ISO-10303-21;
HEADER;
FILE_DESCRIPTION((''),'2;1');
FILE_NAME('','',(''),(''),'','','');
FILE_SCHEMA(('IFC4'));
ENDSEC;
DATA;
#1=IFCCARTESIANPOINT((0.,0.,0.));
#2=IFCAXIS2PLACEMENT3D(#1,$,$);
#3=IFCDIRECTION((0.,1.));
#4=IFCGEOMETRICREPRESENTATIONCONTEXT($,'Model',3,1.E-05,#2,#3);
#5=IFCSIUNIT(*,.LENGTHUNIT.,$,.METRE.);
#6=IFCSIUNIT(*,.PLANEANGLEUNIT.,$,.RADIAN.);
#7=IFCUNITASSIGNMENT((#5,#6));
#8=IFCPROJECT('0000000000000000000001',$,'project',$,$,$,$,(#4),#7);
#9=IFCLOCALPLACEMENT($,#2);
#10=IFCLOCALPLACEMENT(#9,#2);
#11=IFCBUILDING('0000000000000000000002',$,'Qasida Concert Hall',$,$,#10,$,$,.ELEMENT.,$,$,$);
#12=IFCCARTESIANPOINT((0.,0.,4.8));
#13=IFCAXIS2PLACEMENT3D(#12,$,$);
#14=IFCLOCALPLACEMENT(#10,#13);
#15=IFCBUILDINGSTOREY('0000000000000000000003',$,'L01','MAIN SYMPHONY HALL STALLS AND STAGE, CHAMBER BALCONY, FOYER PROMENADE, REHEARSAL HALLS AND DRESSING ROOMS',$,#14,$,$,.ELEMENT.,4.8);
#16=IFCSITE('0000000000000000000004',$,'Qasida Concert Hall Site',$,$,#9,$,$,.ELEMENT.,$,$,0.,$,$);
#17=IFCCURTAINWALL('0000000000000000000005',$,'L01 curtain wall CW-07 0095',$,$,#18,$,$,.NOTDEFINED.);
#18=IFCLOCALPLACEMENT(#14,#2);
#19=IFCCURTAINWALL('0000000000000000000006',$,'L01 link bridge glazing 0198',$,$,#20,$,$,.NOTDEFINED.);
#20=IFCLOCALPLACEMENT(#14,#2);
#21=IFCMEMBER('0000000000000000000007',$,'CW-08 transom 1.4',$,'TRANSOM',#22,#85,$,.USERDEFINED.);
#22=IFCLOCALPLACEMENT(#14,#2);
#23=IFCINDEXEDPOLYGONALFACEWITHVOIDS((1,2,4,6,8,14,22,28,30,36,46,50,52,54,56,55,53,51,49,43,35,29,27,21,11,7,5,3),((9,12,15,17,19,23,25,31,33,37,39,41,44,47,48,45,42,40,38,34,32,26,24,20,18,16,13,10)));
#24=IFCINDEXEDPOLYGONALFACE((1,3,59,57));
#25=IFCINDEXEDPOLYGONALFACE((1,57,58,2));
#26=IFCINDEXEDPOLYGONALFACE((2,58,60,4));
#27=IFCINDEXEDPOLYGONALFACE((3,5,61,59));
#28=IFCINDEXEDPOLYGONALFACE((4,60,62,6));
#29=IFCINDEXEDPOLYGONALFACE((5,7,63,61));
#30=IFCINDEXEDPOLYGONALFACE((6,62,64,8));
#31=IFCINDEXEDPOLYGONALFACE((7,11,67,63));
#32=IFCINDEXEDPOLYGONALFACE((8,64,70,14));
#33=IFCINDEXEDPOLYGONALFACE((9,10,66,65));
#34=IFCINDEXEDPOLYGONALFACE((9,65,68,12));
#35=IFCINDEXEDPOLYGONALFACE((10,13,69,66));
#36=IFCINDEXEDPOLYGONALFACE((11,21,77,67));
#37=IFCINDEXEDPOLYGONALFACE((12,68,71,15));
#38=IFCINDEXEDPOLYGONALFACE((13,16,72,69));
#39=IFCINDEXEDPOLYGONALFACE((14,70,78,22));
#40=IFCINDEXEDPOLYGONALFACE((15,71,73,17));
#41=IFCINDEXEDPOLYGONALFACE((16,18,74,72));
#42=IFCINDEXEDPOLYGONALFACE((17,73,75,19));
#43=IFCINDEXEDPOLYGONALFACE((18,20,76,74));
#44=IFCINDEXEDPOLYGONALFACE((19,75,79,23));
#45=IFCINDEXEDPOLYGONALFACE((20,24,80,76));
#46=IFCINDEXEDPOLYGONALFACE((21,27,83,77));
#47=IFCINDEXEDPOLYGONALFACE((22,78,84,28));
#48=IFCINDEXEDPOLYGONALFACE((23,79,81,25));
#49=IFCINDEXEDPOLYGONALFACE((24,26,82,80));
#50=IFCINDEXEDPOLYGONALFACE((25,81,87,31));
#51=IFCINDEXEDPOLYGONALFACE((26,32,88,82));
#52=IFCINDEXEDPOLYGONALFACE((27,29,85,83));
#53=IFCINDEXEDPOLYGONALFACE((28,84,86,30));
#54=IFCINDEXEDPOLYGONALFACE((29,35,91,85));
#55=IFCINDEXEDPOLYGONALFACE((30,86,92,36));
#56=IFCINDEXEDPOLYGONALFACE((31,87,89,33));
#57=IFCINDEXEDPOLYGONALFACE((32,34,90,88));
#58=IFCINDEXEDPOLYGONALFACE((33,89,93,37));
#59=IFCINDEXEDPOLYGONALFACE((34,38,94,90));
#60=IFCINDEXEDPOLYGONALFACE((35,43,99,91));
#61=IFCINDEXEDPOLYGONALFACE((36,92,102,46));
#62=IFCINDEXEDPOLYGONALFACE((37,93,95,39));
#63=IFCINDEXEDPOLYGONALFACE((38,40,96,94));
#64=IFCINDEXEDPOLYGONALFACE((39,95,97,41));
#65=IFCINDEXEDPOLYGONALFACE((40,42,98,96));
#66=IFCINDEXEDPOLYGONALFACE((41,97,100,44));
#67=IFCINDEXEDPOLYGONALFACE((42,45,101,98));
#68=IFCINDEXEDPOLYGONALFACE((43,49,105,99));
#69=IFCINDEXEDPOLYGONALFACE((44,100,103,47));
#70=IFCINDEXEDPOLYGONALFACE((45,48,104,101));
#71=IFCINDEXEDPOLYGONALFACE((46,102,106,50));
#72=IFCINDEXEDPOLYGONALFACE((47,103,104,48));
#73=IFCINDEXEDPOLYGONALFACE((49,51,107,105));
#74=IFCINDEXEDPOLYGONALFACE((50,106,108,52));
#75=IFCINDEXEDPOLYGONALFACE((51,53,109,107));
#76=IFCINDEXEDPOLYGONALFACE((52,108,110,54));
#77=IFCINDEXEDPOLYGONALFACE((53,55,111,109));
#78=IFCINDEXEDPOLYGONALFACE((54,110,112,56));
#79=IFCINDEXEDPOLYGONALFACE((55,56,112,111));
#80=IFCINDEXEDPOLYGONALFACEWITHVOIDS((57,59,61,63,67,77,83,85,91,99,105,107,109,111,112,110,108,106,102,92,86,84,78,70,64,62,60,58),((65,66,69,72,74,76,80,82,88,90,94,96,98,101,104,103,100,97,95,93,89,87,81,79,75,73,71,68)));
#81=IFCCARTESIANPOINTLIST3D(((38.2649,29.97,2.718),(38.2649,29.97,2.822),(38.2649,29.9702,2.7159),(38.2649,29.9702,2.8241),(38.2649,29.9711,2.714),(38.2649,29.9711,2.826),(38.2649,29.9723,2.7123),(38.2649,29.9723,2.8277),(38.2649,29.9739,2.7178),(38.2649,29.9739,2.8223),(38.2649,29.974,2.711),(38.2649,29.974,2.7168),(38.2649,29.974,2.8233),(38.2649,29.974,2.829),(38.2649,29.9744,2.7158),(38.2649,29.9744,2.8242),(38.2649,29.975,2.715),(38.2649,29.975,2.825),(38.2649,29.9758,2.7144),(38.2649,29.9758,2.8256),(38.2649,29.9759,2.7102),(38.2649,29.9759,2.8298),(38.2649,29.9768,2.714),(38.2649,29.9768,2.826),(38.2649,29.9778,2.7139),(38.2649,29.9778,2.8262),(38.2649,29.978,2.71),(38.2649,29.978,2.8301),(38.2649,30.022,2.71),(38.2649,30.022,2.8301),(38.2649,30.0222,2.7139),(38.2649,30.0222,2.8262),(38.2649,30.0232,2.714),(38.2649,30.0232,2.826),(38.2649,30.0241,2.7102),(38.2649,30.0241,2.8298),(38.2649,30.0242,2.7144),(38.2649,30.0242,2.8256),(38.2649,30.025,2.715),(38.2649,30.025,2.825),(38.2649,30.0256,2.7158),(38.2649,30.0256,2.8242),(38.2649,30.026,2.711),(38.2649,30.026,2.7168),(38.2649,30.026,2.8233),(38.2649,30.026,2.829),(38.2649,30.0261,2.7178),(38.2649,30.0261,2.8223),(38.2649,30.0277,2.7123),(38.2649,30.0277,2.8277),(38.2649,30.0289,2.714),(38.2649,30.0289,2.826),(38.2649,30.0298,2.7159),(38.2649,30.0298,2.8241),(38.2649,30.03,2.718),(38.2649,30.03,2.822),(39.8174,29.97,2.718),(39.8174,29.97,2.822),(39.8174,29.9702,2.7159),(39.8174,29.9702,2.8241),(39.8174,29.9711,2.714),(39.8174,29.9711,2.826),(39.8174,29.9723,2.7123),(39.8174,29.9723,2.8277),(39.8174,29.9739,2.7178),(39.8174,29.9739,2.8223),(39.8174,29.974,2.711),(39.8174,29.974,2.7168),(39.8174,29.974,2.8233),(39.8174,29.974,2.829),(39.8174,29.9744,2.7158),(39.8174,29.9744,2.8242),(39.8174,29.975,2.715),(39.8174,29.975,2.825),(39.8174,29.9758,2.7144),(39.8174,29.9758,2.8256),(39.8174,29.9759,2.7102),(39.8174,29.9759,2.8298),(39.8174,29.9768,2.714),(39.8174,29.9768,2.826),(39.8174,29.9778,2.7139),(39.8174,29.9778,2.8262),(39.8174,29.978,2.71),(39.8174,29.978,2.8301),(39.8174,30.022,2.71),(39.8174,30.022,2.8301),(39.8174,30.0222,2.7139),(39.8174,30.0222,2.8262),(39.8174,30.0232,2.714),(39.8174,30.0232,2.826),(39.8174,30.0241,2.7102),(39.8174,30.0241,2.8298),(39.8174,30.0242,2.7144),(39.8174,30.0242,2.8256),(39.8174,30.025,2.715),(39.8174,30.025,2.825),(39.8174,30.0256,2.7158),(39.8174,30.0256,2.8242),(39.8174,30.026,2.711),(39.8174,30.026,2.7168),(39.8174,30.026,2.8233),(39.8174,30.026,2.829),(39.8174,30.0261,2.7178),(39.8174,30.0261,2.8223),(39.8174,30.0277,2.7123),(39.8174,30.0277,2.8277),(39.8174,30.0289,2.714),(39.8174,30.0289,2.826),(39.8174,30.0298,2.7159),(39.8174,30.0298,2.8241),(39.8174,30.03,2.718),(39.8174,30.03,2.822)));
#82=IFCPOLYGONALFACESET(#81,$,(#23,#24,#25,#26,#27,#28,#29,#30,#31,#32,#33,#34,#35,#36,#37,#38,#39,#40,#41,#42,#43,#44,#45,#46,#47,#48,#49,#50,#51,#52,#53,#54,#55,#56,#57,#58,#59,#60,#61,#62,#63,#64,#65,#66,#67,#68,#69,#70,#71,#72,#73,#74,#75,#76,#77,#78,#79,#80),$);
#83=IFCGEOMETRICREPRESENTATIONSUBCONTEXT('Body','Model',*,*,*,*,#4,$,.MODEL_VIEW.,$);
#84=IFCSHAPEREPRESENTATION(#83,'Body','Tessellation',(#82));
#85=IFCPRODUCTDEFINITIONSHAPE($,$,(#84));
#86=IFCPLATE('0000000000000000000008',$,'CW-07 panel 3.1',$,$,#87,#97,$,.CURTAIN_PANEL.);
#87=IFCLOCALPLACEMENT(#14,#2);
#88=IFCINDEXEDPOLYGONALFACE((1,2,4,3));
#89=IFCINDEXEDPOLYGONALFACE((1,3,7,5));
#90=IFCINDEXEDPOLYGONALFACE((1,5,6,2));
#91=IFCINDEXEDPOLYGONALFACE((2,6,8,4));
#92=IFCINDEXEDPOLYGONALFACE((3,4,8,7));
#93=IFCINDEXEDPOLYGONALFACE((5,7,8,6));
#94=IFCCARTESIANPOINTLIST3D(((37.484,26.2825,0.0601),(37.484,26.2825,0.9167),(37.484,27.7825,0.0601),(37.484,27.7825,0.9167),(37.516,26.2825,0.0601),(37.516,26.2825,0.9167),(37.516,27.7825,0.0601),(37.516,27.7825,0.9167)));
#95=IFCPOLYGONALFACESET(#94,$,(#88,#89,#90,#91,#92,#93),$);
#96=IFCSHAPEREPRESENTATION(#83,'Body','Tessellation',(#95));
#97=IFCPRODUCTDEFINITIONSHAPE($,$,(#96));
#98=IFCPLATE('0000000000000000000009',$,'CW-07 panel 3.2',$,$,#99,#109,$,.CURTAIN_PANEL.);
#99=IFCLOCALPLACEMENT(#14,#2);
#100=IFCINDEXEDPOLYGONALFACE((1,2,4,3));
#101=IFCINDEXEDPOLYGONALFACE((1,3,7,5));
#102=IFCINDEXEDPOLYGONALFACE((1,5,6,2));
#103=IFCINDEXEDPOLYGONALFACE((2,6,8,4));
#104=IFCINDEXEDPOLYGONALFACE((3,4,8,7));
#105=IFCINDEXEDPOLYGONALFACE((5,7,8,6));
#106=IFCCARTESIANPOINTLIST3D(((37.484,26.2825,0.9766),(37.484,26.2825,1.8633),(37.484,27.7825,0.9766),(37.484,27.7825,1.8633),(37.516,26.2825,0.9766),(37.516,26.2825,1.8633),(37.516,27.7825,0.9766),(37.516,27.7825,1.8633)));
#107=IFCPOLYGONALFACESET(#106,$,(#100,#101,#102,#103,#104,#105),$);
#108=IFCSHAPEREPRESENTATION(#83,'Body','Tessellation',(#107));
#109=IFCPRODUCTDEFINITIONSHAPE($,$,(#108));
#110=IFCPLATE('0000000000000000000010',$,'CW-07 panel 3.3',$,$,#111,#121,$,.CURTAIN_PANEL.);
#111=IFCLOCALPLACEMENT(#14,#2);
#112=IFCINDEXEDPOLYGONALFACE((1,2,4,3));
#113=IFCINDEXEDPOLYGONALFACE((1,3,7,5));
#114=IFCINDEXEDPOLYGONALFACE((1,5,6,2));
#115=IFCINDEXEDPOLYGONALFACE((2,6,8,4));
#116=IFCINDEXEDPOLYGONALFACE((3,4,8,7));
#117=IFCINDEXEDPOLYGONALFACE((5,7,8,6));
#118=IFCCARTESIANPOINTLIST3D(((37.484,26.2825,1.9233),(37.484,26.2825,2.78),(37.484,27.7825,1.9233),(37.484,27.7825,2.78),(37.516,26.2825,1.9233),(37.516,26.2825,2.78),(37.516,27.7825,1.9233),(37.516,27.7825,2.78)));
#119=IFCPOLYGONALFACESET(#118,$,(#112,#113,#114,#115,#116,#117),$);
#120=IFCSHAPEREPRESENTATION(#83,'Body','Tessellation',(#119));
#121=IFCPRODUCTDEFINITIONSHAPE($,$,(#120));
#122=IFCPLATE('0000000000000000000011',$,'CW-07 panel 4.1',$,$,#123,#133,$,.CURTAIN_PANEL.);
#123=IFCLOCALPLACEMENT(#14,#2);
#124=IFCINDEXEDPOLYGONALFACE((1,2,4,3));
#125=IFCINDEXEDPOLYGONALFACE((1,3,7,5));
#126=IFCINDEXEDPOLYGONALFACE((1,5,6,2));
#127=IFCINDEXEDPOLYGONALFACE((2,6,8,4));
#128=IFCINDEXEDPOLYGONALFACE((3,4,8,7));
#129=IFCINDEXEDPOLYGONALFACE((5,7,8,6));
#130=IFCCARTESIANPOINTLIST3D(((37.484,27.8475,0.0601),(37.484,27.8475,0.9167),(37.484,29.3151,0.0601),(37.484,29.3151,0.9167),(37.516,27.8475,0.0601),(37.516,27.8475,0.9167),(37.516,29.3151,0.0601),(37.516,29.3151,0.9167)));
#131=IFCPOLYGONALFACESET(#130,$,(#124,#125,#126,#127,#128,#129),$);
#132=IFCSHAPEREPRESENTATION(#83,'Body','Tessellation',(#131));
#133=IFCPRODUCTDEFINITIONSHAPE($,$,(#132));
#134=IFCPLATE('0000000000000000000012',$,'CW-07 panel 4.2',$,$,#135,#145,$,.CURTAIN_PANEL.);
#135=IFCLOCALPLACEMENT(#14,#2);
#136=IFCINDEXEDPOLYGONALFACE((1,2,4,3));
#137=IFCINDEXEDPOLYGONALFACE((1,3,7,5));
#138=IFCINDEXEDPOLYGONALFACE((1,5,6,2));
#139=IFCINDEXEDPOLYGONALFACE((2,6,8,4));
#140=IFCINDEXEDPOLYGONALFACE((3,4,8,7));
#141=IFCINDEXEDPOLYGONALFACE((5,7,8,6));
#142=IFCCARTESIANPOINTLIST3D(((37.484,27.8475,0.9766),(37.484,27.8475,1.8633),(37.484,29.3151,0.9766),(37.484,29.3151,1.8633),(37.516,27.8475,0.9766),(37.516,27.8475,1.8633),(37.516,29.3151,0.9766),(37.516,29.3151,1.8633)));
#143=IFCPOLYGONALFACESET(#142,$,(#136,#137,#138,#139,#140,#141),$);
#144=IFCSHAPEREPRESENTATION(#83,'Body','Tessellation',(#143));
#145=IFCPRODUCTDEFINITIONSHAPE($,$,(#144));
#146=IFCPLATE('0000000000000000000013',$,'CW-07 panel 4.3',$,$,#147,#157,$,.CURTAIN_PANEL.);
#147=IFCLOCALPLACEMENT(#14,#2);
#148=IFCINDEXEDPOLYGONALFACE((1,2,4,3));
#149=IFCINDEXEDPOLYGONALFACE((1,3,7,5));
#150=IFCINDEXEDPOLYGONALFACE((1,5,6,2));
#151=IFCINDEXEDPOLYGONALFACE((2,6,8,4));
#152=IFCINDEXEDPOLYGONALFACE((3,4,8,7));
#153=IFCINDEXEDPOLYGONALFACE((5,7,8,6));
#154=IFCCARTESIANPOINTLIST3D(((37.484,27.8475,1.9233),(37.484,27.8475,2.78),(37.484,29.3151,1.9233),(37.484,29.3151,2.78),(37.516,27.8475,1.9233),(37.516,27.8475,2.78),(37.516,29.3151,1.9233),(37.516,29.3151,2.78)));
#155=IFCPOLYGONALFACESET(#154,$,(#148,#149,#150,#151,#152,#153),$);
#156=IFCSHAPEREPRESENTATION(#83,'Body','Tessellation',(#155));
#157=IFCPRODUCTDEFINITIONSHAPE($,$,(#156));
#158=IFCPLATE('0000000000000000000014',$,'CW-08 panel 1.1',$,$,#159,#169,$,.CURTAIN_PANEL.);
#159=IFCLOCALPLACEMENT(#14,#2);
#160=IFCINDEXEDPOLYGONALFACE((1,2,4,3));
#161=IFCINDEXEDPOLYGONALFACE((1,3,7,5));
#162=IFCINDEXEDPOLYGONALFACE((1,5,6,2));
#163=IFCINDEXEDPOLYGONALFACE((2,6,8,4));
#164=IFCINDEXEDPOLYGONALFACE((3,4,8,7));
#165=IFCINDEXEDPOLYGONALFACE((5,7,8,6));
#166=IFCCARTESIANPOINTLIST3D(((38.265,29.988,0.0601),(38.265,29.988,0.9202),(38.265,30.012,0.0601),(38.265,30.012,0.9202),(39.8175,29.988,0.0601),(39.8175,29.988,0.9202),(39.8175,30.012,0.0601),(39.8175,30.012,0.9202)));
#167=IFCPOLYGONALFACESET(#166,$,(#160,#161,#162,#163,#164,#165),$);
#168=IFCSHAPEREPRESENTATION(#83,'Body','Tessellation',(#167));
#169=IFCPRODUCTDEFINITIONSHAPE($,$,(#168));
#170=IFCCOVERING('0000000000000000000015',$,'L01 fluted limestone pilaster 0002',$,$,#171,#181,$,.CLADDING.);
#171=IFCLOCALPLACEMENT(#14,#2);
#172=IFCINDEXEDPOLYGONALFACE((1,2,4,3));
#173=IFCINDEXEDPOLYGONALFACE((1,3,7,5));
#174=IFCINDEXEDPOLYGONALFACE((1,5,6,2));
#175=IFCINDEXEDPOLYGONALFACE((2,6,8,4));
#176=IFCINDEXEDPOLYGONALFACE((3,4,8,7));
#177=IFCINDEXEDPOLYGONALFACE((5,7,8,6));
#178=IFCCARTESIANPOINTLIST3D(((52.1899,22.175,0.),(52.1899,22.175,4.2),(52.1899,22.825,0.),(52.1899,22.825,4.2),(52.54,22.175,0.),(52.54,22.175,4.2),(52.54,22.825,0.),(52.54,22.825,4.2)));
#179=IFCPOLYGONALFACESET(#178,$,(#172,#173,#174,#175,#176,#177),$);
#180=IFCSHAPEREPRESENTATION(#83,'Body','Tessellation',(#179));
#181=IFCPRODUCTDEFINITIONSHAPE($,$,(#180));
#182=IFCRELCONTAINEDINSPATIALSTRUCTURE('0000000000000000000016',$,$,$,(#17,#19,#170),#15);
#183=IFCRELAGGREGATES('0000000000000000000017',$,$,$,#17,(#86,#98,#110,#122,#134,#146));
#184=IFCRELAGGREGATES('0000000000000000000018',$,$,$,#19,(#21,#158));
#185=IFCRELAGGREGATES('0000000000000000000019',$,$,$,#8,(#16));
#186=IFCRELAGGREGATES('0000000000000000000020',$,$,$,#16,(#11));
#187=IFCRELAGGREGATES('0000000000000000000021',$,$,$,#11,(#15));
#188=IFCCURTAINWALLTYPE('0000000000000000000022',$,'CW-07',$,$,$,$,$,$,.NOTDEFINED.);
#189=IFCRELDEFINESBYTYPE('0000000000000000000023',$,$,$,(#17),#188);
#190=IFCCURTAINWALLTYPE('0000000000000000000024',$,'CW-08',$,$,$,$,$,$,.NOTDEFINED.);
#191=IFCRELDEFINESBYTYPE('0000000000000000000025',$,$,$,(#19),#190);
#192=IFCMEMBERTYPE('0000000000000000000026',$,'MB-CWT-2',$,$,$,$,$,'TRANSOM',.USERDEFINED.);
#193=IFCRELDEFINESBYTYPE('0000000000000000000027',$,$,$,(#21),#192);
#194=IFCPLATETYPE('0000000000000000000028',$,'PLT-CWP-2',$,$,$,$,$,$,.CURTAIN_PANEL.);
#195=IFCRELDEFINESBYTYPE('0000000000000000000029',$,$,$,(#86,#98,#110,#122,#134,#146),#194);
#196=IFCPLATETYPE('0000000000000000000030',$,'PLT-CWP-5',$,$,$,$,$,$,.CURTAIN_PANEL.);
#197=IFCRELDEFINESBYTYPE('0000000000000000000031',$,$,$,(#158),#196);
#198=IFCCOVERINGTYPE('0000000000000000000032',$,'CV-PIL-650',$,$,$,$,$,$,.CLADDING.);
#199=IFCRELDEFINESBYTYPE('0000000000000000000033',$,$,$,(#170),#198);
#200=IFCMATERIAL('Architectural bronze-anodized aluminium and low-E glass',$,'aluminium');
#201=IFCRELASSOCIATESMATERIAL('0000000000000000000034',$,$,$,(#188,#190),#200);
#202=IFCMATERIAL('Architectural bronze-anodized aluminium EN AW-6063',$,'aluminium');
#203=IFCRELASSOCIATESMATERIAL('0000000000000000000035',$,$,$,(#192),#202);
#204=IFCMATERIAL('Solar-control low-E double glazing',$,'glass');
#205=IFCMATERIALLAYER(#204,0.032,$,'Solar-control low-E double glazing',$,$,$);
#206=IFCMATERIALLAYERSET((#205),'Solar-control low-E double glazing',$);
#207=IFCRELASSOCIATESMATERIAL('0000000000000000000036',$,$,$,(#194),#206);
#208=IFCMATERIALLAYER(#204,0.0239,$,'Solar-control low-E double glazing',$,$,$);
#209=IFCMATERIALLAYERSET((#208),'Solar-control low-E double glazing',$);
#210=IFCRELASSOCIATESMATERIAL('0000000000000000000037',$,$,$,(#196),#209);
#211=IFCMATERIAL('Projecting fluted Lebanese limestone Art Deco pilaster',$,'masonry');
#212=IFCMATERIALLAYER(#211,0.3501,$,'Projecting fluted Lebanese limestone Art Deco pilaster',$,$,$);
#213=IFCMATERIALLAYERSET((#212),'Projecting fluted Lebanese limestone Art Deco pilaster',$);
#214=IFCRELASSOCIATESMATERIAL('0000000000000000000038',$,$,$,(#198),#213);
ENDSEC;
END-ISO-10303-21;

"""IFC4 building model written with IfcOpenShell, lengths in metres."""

from ifc_helpers import new_model, si_unit, direction, frame, origin, origin_2d, place, context, subcontext, project, spatial, rectangle, hollow_rectangle, extrude, material, layer, layer_set, material_profile, profile_set, type_object, element, aggregate, save


model = new_model("IFC4")

# Units and contexts
model_context = context("Model", 3, precision=1e-05, world=origin(), true_north=direction((0.0, 1.0)))
body_context = subcontext(model_context, "Body", "Model", "MODEL_VIEW")
ifc_project = project(units=[si_unit("LENGTHUNIT", "METRE"), si_unit("PLANEANGLEUNIT", "RADIAN")], contexts=[model_context])

# Site, building, storey
site_placement = place(None, origin())
site = spatial("IfcSite", under=ifc_project, at=site_placement, Name="Qasida Concert Hall Site", CompositionType="ELEMENT", RefElevation=0.0)
building_placement = place(site_placement, origin())
building = spatial("IfcBuilding", under=site, at=building_placement, Name="Qasida Concert Hall", CompositionType="ELEMENT")
storey_placement = place(building_placement, frame((0.0, 0.0, 4.8)))
storey = spatial("IfcBuildingStorey", under=building, at=storey_placement, Name="L01", Description="MAIN SYMPHONY HALL STALLS AND STAGE, CHAMBER BALCONY, FOYER PROMENADE, REHEARSAL HALLS AND DRESSING ROOMS", CompositionType="ELEMENT", Elevation=4.8)

# Curtain wall
ifc_material_1 = material(Name="Architectural bronze-anodized aluminium and low-E glass", Category="aluminium")
curtain_wall_type_1 = type_object("IfcCurtainWallType", Name="CW-07", PredefinedType="NOTDEFINED", material=ifc_material_1)
curtain_wall_1_placement = place(storey_placement, origin())
curtain_wall_1 = element("IfcCurtainWall", 1, at=curtain_wall_1_placement, inside=storey, type_object=curtain_wall_type_1, Name="L01 curtain wall CW-07 0095", PredefinedType="NOTDEFINED")
ifc_material_2 = material(Name="Architectural bronze-anodized aluminium EN AW-6063", Category="aluminium")

# Curtain wall
curtain_wall_type_2 = type_object("IfcCurtainWallType", Name="CW-08", PredefinedType="NOTDEFINED", material=ifc_material_1)
curtain_wall_2_placement = place(storey_placement, origin())
curtain_wall_2 = element("IfcCurtainWall", 2, at=curtain_wall_2_placement, inside=storey, type_object=curtain_wall_type_2, Name="L01 link bridge glazing 0198", PredefinedType="NOTDEFINED")

# Member
ifc_material_profile_1 = material_profile(ifc_material_2, hollow_rectangle(XDim=0.0601, YDim=0.1201, WallThickness=0.0039, InnerFilletRadius=0.0039, OuterFilletRadius=0.0081, at=origin_2d()), Name="CWT 120x60x4")
ifc_profile_set_1 = profile_set([ifc_material_profile_1], Name="Architectural bronze-anodized aluminium EN AW-6063")
member_type_1 = type_object("IfcMemberType", Name="MB-CWT-2", ElementType="TRANSOM", PredefinedType="USERDEFINED", material=ifc_profile_set_1)
member_1_placement = place(storey_placement, frame((38.2649, 30.0, 2.77), z_axis=(1.0, 0.0, 0.0), x_axis=(0.0, 1.0, 0.0)))
member_1 = element("IfcMember", 3, at=member_1_placement, type_object=member_type_1, Name="CW-08 transom 1.4", ObjectType="TRANSOM", PredefinedType="USERDEFINED", context=body_context, shape_type="SweptSolid", body=[
    extrude(hollow_rectangle(XDim=0.0601, YDim=0.1201, WallThickness=0.0039, InnerFilletRadius=0.0039, OuterFilletRadius=0.0081, at=origin_2d()), origin(), (0.0, 0.0, 1.0), 1.5525),
])

# Plates
ifc_material_3 = material(Name="Solar-control low-E double glazing", Category="glass")
ifc_layer_1 = layer(ifc_material_3, 0.032, Name="Solar-control low-E double glazing")
ifc_layer_set_1 = layer_set([ifc_layer_1], Name="Solar-control low-E double glazing")
plate_type_1 = type_object("IfcPlateType", Name="PLT-CWP-2", PredefinedType="CURTAIN_PANEL", material=ifc_layer_set_1)
plate_1_placement = place(storey_placement, frame((37.5, 27.0325, 0.0601), z_axis=(0.0, 0.0, 1.0), x_axis=(0.0, 1.0, 0.0)))
plate_1 = element("IfcPlate", 4, at=plate_1_placement, type_object=plate_type_1, Name="CW-07 panel 3.1", PredefinedType="CURTAIN_PANEL", context=body_context, shape_type="SweptSolid", body=[
    extrude(rectangle(XDim=1.5, YDim=0.032, at=origin_2d()), origin(), (0.0, 0.0, 1.0), 0.8567),
])
plate_2_placement = place(storey_placement, frame((37.5, 27.0325, 0.9766), z_axis=(0.0, 0.0, 1.0), x_axis=(0.0, 1.0, 0.0)))
plate_2 = element("IfcPlate", 5, at=plate_2_placement, type_object=plate_type_1, Name="CW-07 panel 3.2", PredefinedType="CURTAIN_PANEL", context=body_context, shape_type="SweptSolid", body=[
    extrude(rectangle(XDim=1.5, YDim=0.032, at=origin_2d()), origin(), (0.0, 0.0, 1.0), 0.8867),
])
plate_3_placement = place(storey_placement, frame((37.5, 27.0325, 1.9233), z_axis=(0.0, 0.0, 1.0), x_axis=(0.0, 1.0, 0.0)))
plate_3 = element("IfcPlate", 6, at=plate_3_placement, type_object=plate_type_1, Name="CW-07 panel 3.3", PredefinedType="CURTAIN_PANEL", context=body_context, shape_type="SweptSolid", body=[
    extrude(rectangle(XDim=1.5, YDim=0.032, at=origin_2d()), origin(), (0.0, 0.0, 1.0), 0.8567),
])
plate_4_placement = place(storey_placement, frame((37.5, 28.5813, 0.0601), z_axis=(0.0, 0.0, 1.0), x_axis=(0.0, 1.0, 0.0)))
plate_4 = element("IfcPlate", 7, at=plate_4_placement, type_object=plate_type_1, Name="CW-07 panel 4.1", PredefinedType="CURTAIN_PANEL", context=body_context, shape_type="SweptSolid", body=[
    extrude(rectangle(XDim=1.4675, YDim=0.032, at=origin_2d()), origin(), (0.0, 0.0, 1.0), 0.8567),
])
plate_5_placement = place(storey_placement, frame((37.5, 28.5813, 0.9766), z_axis=(0.0, 0.0, 1.0), x_axis=(0.0, 1.0, 0.0)))
plate_5 = element("IfcPlate", 8, at=plate_5_placement, type_object=plate_type_1, Name="CW-07 panel 4.2", PredefinedType="CURTAIN_PANEL", context=body_context, shape_type="SweptSolid", body=[
    extrude(rectangle(XDim=1.4675, YDim=0.032, at=origin_2d()), origin(), (0.0, 0.0, 1.0), 0.8867),
])
plate_6_placement = place(storey_placement, frame((37.5, 28.5813, 1.9233), z_axis=(0.0, 0.0, 1.0), x_axis=(0.0, 1.0, 0.0)))
plate_6 = element("IfcPlate", 9, at=plate_6_placement, type_object=plate_type_1, Name="CW-07 panel 4.3", PredefinedType="CURTAIN_PANEL", context=body_context, shape_type="SweptSolid", body=[
    extrude(rectangle(XDim=1.4675, YDim=0.032, at=origin_2d()), origin(), (0.0, 0.0, 1.0), 0.8567),
])
aggregate(curtain_wall_1, [plate_1, plate_2, plate_3, plate_4, plate_5, plate_6])
ifc_layer_2 = layer(ifc_material_3, 0.0239, Name="Solar-control low-E double glazing")
ifc_layer_set_2 = layer_set([ifc_layer_2], Name="Solar-control low-E double glazing")
plate_type_2 = type_object("IfcPlateType", Name="PLT-CWP-5", PredefinedType="CURTAIN_PANEL", material=ifc_layer_set_2)
plate_7_placement = place(storey_placement, frame((39.0413, 30.0, 0.0601), z_axis=(0.0, 0.0, 1.0), x_axis=(1.0, 0.0, 0.0)))
plate_7 = element("IfcPlate", 10, at=plate_7_placement, type_object=plate_type_2, Name="CW-08 panel 1.1", PredefinedType="CURTAIN_PANEL", context=body_context, shape_type="SweptSolid", body=[
    extrude(rectangle(XDim=1.5525, YDim=0.0239, at=origin_2d()), origin(), (0.0, 0.0, 1.0), 0.8601),
])
aggregate(curtain_wall_2, [member_1, plate_7])

# Covering
ifc_material_4 = material(Name="Projecting fluted Lebanese limestone Art Deco pilaster", Category="masonry")
ifc_layer_3 = layer(ifc_material_4, 0.3501, Name="Projecting fluted Lebanese limestone Art Deco pilaster")
ifc_layer_set_3 = layer_set([ifc_layer_3], Name="Projecting fluted Lebanese limestone Art Deco pilaster")
covering_type = type_object("IfcCoveringType", Name="CV-PIL-650", PredefinedType="CLADDING", material=ifc_layer_set_3)
covering_placement = place(storey_placement, frame((52.365, 22.5, 0.0), z_axis=(0.0, 0.0, 1.0), x_axis=(1.0, 0.0, 0.0)))
element("IfcCovering", 11, at=covering_placement, inside=storey, type_object=covering_type, Name="L01 fluted limestone pilaster 0002", PredefinedType="CLADDING", context=body_context, shape_type="SweptSolid", body=[
    extrude(rectangle(XDim=0.3501, YDim=0.6499, at=origin_2d()), origin(), (0.0, 0.0, 1.0), 4.2),
])

save(model, "model.ifc")
